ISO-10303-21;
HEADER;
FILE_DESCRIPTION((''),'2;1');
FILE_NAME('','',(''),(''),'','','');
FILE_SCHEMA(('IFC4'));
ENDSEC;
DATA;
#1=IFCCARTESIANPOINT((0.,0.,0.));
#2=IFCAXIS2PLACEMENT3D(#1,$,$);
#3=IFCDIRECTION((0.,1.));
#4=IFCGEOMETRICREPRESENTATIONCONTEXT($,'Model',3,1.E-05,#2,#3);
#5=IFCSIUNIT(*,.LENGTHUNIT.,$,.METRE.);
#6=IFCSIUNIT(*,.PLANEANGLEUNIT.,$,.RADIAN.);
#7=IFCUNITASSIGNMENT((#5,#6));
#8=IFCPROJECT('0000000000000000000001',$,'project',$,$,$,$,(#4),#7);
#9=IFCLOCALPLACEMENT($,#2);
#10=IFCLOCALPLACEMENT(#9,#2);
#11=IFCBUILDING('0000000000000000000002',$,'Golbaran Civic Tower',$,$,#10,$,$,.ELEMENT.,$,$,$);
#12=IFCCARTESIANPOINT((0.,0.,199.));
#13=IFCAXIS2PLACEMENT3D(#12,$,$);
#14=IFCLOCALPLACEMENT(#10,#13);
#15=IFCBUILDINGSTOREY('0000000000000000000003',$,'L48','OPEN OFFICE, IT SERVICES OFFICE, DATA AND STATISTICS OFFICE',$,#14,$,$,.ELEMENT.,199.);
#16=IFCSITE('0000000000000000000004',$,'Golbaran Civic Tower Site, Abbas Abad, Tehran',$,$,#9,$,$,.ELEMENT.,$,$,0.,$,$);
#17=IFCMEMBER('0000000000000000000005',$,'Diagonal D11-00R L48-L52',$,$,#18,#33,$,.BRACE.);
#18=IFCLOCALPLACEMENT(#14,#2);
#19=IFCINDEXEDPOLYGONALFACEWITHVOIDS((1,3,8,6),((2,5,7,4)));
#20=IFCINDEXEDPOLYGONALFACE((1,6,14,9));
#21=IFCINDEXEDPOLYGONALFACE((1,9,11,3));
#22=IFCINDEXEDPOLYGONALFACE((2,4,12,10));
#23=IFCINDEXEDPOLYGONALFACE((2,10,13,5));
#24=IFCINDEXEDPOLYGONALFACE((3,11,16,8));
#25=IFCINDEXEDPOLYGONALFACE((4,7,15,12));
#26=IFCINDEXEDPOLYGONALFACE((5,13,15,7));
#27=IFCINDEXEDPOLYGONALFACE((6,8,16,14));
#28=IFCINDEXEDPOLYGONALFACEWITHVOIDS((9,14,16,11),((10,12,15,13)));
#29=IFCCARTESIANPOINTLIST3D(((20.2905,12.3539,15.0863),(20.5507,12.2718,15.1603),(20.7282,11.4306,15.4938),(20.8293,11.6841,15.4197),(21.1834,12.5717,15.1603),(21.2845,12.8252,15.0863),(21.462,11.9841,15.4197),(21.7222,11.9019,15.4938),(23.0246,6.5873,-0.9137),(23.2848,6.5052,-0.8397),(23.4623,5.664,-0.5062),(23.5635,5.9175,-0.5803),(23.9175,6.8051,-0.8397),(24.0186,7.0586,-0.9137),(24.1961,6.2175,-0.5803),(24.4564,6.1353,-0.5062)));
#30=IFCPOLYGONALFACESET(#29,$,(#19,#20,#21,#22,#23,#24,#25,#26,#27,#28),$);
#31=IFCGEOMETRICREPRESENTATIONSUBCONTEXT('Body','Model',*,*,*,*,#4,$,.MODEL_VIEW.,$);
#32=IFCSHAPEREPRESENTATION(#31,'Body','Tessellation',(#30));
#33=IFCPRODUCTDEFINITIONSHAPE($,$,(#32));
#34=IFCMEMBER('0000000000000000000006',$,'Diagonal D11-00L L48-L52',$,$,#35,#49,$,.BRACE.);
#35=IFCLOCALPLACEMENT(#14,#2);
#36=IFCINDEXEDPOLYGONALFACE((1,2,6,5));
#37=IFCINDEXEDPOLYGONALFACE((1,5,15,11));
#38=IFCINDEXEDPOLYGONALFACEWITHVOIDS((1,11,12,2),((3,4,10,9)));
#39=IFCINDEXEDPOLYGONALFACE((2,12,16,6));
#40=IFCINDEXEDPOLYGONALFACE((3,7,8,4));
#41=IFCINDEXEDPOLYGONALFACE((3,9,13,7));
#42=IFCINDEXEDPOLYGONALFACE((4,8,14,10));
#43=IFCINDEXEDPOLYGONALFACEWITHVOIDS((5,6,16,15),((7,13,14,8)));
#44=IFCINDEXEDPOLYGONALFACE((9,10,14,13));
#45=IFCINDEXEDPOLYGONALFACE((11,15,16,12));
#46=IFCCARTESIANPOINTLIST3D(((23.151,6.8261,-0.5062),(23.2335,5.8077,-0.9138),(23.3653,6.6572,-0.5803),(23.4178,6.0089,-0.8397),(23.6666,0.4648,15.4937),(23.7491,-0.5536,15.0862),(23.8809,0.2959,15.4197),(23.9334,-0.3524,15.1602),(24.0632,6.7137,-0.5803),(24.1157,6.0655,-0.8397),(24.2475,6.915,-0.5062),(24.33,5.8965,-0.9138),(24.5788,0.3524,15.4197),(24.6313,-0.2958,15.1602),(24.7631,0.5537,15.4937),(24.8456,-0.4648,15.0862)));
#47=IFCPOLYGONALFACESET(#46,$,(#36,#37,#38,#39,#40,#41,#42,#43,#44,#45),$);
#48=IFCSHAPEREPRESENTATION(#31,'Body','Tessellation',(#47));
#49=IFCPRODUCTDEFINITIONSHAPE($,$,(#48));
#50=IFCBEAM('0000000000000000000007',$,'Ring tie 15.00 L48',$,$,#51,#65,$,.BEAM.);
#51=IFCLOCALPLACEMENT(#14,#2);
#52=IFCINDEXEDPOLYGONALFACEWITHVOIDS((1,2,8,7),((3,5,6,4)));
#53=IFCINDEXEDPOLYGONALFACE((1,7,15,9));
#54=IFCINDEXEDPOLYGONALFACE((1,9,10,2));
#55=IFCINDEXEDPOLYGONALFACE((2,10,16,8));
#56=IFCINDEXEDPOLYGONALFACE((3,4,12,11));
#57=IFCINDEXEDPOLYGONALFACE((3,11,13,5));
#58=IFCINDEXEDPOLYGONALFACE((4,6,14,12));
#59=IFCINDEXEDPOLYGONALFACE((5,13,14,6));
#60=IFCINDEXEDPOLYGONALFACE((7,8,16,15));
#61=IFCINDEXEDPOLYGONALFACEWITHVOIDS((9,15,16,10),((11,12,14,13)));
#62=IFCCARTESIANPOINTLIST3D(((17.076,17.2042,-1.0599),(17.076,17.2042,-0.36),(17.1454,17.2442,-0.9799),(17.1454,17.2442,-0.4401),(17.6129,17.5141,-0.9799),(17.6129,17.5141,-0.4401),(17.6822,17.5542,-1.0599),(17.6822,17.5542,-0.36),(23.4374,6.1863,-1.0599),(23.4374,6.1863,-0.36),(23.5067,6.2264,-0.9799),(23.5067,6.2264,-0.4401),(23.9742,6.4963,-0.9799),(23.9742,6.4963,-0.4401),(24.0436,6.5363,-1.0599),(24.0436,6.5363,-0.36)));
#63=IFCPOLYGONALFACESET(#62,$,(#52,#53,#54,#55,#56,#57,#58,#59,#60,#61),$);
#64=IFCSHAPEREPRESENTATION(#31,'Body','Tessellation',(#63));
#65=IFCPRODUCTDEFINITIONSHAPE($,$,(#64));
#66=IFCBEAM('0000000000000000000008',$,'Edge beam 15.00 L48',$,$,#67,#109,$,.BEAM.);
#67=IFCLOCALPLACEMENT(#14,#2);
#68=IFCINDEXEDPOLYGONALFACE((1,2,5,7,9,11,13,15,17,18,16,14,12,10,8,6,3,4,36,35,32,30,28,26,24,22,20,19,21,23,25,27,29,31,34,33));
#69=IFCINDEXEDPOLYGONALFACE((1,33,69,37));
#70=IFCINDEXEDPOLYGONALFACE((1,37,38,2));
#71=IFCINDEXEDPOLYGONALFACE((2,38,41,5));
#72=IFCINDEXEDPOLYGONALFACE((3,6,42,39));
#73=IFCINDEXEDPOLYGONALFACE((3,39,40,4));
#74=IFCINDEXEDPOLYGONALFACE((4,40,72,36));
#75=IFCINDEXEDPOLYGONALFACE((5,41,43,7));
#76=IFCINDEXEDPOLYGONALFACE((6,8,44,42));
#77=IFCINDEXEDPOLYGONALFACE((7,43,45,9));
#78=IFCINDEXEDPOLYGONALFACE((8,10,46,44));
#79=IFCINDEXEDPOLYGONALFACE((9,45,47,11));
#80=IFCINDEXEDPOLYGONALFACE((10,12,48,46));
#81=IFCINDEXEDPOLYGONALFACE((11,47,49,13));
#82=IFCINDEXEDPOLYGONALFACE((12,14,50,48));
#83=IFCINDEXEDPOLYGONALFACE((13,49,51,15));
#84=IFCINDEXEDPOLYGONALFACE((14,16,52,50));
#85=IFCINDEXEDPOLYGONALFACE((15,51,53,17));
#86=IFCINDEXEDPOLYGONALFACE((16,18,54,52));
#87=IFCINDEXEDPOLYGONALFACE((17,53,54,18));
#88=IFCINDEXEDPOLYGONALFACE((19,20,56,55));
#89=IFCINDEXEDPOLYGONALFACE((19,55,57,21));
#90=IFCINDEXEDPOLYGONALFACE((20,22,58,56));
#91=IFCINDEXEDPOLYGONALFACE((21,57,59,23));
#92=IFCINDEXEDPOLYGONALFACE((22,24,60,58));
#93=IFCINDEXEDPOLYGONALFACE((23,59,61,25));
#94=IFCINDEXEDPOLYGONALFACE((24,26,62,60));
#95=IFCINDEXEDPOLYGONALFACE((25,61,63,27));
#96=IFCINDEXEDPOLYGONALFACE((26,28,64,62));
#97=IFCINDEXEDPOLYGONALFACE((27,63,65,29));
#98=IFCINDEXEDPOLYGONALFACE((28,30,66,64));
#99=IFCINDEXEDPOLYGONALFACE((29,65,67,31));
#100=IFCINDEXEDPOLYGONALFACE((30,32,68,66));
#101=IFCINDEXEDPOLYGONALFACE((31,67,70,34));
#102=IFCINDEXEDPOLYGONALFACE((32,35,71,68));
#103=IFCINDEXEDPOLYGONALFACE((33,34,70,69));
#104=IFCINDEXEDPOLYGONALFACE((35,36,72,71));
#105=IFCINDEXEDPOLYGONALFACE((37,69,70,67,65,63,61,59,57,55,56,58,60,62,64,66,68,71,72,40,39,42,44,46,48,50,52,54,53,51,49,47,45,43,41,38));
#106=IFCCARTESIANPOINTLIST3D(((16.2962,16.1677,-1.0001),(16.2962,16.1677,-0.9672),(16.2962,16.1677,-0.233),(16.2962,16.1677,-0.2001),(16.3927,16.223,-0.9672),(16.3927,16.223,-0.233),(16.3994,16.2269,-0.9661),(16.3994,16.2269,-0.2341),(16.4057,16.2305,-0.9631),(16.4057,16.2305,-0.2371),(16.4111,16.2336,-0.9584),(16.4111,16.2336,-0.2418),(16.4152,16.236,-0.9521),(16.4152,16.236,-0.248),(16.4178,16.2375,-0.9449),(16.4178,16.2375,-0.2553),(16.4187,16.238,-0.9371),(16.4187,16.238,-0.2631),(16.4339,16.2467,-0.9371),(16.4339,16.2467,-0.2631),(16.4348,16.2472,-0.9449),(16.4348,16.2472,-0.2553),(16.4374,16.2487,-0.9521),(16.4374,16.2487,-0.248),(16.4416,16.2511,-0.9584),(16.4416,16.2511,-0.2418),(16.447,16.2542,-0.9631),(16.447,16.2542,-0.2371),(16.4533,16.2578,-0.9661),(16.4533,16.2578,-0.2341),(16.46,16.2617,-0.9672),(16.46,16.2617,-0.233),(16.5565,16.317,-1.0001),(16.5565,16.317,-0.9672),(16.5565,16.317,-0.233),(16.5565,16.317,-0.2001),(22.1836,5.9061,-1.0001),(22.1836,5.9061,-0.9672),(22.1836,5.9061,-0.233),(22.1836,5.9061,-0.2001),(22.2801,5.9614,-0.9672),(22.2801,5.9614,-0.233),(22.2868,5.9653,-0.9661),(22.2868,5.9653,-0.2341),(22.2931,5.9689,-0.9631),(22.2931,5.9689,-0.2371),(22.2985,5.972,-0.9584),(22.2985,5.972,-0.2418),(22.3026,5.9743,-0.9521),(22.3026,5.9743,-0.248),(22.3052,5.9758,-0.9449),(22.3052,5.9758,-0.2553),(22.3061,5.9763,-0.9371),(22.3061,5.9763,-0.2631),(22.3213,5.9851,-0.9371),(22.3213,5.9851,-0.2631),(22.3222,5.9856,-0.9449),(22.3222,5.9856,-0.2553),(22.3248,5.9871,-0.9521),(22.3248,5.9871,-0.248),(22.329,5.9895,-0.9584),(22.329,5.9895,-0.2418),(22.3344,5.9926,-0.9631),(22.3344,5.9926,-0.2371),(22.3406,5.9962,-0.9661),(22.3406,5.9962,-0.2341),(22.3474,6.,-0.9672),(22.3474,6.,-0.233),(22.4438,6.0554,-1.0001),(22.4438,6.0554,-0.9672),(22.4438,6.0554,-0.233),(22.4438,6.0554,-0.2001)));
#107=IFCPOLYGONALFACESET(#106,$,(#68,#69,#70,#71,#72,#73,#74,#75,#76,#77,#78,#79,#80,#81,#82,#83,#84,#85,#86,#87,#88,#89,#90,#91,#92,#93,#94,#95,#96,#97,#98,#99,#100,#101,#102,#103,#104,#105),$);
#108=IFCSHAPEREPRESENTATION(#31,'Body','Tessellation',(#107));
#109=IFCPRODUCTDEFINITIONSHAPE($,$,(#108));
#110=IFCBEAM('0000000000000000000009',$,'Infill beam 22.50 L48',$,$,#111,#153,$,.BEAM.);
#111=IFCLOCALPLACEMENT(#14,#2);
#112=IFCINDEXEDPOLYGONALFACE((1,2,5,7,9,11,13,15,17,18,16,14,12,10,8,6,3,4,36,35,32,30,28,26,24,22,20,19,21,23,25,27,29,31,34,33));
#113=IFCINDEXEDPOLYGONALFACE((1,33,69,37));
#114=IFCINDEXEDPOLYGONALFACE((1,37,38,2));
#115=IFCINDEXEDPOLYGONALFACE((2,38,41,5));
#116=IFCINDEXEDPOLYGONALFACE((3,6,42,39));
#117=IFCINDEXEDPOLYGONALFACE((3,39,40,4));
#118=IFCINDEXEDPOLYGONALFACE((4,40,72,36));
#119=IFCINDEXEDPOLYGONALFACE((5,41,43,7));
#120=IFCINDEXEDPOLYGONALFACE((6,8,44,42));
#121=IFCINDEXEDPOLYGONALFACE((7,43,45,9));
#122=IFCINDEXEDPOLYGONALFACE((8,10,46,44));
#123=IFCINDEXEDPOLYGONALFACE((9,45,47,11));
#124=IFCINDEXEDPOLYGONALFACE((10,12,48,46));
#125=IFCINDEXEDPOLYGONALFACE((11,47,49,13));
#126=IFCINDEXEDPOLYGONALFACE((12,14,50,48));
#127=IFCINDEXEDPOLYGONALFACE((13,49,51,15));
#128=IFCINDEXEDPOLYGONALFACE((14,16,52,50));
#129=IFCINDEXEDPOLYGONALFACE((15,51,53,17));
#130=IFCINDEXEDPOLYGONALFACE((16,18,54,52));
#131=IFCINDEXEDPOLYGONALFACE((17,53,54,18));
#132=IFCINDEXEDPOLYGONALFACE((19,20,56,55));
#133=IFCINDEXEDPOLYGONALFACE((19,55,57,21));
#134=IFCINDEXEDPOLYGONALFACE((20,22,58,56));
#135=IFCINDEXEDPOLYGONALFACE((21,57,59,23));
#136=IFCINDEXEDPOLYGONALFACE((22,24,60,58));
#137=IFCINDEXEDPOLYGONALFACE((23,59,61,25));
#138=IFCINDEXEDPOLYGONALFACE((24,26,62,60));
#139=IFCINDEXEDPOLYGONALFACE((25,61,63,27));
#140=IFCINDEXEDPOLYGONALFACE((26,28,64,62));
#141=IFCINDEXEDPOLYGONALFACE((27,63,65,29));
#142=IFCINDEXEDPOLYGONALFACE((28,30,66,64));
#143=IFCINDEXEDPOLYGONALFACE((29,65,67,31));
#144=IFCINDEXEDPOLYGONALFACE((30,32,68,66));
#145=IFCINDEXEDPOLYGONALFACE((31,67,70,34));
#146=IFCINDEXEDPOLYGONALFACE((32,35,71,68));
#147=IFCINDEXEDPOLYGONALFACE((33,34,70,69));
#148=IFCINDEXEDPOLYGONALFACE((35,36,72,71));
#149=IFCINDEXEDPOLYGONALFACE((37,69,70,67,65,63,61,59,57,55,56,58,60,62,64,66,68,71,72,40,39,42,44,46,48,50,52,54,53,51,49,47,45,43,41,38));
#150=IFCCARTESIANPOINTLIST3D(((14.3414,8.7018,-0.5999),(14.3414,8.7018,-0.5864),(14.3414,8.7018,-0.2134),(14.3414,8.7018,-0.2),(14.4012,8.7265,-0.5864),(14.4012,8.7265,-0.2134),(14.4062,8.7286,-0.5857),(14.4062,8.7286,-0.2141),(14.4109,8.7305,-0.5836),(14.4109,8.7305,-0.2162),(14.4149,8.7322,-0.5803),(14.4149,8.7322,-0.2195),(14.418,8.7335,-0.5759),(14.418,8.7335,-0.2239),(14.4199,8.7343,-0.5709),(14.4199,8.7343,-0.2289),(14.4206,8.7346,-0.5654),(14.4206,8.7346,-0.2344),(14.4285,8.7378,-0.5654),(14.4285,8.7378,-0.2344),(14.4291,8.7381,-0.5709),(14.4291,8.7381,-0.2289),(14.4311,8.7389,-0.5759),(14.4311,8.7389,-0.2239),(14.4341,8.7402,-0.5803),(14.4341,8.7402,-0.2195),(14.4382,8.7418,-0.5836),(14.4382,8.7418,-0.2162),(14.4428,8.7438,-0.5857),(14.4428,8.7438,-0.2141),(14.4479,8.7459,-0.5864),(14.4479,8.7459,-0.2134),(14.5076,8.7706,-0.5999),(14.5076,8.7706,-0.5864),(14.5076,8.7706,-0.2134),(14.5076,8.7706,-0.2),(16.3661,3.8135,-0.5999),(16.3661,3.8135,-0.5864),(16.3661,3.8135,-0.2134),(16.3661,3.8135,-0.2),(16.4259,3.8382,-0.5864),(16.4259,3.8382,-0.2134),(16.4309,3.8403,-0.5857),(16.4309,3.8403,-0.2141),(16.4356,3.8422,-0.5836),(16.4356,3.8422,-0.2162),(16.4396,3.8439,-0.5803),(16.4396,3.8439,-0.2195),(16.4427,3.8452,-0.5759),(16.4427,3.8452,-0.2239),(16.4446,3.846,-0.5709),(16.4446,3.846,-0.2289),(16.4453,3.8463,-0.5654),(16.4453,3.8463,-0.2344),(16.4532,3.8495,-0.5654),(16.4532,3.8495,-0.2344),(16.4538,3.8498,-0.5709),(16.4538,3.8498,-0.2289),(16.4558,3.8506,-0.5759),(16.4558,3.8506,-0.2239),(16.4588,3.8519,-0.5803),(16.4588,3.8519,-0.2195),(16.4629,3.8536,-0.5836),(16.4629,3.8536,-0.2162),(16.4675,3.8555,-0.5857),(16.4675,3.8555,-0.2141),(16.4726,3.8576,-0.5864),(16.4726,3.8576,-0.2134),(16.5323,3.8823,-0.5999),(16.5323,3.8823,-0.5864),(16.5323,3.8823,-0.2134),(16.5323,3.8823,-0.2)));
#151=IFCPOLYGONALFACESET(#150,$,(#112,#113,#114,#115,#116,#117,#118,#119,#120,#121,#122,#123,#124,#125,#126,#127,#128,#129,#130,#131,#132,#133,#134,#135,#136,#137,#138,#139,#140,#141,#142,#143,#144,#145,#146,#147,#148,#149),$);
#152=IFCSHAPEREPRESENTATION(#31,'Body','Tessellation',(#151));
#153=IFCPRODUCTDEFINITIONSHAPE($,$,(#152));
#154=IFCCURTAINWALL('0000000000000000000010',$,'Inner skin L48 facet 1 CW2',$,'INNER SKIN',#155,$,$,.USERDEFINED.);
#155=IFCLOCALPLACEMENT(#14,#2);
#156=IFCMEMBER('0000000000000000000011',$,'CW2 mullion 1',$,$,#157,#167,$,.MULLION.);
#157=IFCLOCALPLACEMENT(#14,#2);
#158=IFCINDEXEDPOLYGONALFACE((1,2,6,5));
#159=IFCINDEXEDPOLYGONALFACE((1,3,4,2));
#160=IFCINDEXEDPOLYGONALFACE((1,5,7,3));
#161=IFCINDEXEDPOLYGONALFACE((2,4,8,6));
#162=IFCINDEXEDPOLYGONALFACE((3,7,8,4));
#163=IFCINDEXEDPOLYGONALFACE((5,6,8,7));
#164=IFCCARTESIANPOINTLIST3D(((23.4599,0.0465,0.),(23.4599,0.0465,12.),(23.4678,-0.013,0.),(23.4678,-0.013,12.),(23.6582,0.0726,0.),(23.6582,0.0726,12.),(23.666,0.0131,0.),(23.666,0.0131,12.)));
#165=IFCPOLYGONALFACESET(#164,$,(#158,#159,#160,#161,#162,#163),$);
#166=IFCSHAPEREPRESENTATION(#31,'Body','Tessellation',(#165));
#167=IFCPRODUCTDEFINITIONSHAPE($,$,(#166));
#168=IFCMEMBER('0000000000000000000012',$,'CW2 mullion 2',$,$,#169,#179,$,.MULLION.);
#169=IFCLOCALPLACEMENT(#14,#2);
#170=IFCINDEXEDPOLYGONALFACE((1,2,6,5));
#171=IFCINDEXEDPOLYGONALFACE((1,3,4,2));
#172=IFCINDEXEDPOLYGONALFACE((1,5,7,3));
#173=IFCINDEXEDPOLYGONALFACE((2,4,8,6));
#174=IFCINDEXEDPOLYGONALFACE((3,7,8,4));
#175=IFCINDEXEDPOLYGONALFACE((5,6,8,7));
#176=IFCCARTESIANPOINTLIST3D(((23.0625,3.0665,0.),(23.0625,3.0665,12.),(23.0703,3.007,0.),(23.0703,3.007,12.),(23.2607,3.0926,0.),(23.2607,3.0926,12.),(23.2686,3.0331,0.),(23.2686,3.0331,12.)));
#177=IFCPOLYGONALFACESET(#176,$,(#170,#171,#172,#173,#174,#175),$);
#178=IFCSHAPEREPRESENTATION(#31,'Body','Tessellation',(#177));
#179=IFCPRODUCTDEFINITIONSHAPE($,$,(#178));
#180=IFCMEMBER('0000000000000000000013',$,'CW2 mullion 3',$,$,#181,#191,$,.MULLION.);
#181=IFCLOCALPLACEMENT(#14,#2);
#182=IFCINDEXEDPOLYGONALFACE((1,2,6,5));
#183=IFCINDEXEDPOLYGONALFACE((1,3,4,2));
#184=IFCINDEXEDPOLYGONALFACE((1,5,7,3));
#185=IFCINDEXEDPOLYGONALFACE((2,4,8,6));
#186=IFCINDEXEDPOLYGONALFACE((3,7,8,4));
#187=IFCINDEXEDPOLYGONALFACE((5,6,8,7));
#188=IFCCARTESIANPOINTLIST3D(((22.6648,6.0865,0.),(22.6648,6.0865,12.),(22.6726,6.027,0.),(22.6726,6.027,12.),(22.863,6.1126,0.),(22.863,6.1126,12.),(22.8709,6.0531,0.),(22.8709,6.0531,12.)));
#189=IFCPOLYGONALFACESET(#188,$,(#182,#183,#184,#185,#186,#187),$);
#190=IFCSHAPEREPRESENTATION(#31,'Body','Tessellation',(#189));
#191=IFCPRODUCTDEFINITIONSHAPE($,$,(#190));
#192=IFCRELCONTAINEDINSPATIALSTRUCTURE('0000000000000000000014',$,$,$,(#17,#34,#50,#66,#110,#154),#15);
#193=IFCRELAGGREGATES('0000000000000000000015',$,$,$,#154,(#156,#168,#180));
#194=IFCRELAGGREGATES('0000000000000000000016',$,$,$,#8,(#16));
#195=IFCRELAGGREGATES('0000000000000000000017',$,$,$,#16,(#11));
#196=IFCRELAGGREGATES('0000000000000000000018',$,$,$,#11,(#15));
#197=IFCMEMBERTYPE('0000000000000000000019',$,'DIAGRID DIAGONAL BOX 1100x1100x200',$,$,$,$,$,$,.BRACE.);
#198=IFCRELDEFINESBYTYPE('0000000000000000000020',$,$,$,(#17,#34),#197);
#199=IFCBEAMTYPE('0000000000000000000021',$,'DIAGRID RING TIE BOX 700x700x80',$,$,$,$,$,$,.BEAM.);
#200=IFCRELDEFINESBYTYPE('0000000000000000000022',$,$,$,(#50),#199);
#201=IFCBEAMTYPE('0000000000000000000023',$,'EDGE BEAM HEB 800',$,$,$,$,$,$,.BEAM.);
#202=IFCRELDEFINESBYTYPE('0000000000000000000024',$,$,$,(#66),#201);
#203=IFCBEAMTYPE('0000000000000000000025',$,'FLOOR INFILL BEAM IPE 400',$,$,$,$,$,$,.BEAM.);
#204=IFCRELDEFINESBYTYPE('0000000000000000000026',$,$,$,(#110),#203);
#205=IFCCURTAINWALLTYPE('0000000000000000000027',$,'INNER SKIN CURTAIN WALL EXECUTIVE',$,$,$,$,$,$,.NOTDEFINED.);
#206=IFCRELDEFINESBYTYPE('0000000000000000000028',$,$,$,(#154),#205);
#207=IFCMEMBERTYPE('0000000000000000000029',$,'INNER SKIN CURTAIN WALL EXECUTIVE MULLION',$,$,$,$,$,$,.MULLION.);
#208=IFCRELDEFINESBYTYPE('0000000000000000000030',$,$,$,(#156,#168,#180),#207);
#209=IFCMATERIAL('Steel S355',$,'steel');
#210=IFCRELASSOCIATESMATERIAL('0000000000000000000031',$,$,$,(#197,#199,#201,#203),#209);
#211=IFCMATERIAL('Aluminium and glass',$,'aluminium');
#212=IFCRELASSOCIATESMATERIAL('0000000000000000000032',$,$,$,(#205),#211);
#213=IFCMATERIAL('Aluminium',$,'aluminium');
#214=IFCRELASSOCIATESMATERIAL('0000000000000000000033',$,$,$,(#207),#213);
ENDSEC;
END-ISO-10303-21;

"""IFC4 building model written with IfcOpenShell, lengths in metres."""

from ifc_helpers import new_model, si_unit, direction, frame, origin, origin_2d, place, context, subcontext, project, spatial, rectangle, hollow_rectangle, i_section, extrude, material, material_profile, profile_set, type_object, element, aggregate, save


model = new_model("IFC4")

# Units and contexts
model_context = context("Model", 3, precision=1e-05, world=origin(), true_north=direction((0.0, 1.0)))
body_context = subcontext(model_context, "Body", "Model", "MODEL_VIEW")
ifc_project = project(units=[si_unit("LENGTHUNIT", "METRE"), si_unit("PLANEANGLEUNIT", "RADIAN")], contexts=[model_context])

# Site, building, storey
site_placement = place(None, origin())
site = spatial("IfcSite", under=ifc_project, at=site_placement, Name="Golbaran Civic Tower Site, Abbas Abad, Tehran", CompositionType="ELEMENT", RefElevation=0.0)
building_placement = place(site_placement, origin())
building = spatial("IfcBuilding", under=site, at=building_placement, Name="Golbaran Civic Tower", CompositionType="ELEMENT")
storey_placement = place(building_placement, frame((0.0, 0.0, 199.0)))
storey = spatial("IfcBuildingStorey", under=building, at=storey_placement, Name="L48", Description="OPEN OFFICE, IT SERVICES OFFICE, DATA AND STATISTICS OFFICE", CompositionType="ELEMENT", Elevation=199.0)

# Members
ifc_material_1 = material(Name="Steel S355", Category="steel")
ifc_material_profile_1 = material_profile(ifc_material_1, hollow_rectangle(XDim=1.1001, YDim=1.1001, WallThickness=0.2, at=origin_2d()), Name="BOX 1100x1100x200")
ifc_profile_set_1 = profile_set([ifc_material_profile_1], Name="Steel S355")
member_type_1 = type_object("IfcMemberType", Name="DIAGRID DIAGONAL BOX 1100x1100x200", PredefinedType="BRACE", material=ifc_profile_set_1)
for number, where, z_axis, x_axis, name in (
    (1, (23.7405, 6.3613, -0.71), (-0.158723, 0.334765, 0.928838), (-0.903581, -0.428417, 0.0), "Diagonal D11-00R L48-L52"),
    (2, (23.7405, 6.3613, -0.71), (0.029933, -0.369288, 0.928833), (0.996731, 0.080791, 0.0), "Diagonal D11-00L L48-L52"),
):
    element("IfcMember", number, at=place(storey_placement, frame(where, z_axis=z_axis, x_axis=x_axis)), inside=storey, type_object=member_type_1, Name=name, PredefinedType="BRACE", context=body_context, shape_type="SweptSolid", body=[
        extrude(hollow_rectangle(XDim=1.1001, YDim=1.1001, WallThickness=0.2, at=origin_2d()), origin(), (0.0, 0.0, 1.0), 17.2258),
    ])

# Beams
ifc_material_profile_2 = material_profile(ifc_material_1, hollow_rectangle(XDim=0.7, YDim=0.7, WallThickness=0.0801, at=origin_2d()), Name="BOX 700x700x80")
ifc_profile_set_2 = profile_set([ifc_material_profile_2], Name="Steel S355")
beam_type_1 = type_object("IfcBeamType", Name="DIAGRID RING TIE BOX 700x700x80", PredefinedType="BEAM", material=ifc_profile_set_2)
beam_1_placement = place(storey_placement, frame((23.7405, 6.3613, -0.71), z_axis=(-0.500011, 0.866019, 0.0), x_axis=(-0.866019, -0.500011, 0.0)))
element("IfcBeam", 3, at=beam_1_placement, inside=storey, type_object=beam_type_1, Name="Ring tie 15.00 L48", PredefinedType="BEAM", context=body_context, shape_type="SweptSolid", body=[
    extrude(hollow_rectangle(XDim=0.7, YDim=0.7, WallThickness=0.0801, at=origin_2d()), origin(), (0.0, 0.0, 1.0), 12.7224),
])
ifc_material_profile_3 = material_profile(ifc_material_1, i_section(OverallWidth=0.3, OverallDepth=0.8, WebThickness=0.0176, FlangeThickness=0.033, FilletRadius=0.03, at=origin_2d()), Name="HEB 800")
ifc_profile_set_3 = profile_set([ifc_material_profile_3], Name="Steel S355")
beam_type_2 = type_object("IfcBeamType", Name="EDGE BEAM HEB 800", PredefinedType="BEAM", material=ifc_profile_set_3)
beam_2_placement = place(storey_placement, frame((22.3137, 5.9807, -0.6001), z_axis=(-0.497643, 0.867382, 0.0), x_axis=(-0.867382, -0.497643, 0.0)))
element("IfcBeam", 4, at=beam_2_placement, inside=storey, type_object=beam_type_2, Name="Edge beam 15.00 L48", PredefinedType="BEAM", context=body_context, shape_type="SweptSolid", body=[
    extrude(i_section(OverallWidth=0.3, OverallDepth=0.8, WebThickness=0.0176, FlangeThickness=0.033, FilletRadius=0.03, at=origin_2d()), origin(), (0.0, 0.0, 1.0), 11.8306),
])
ifc_material_profile_4 = material_profile(ifc_material_1, i_section(OverallWidth=0.1799, OverallDepth=0.3999, WebThickness=0.0085, FlangeThickness=0.0134, FilletRadius=0.021, at=origin_2d()), Name="IPE 400")
ifc_profile_set_4 = profile_set([ifc_material_profile_4], Name="Steel S355")
beam_type_3 = type_object("IfcBeamType", Name="FLOOR INFILL BEAM IPE 400", PredefinedType="BEAM", material=ifc_profile_set_4)
beam_3_placement = place(storey_placement, frame((16.4492, 3.8479, -0.3999), z_axis=(-0.382668, 0.923886, 0.0), x_axis=(-0.923886, -0.382668, 0.0)))
element("IfcBeam", 5, at=beam_3_placement, inside=storey, type_object=beam_type_3, Name="Infill beam 22.50 L48", PredefinedType="BEAM", context=body_context, shape_type="SweptSolid", body=[
    extrude(i_section(OverallWidth=0.1799, OverallDepth=0.3999, WebThickness=0.0085, FlangeThickness=0.0134, FilletRadius=0.021, at=origin_2d()), origin(), (0.0, 0.0, 1.0), 5.291),
])

# Curtain wall, members
ifc_material_2 = material(Name="Aluminium and glass", Category="aluminium")
curtain_wall_type_1 = type_object("IfcCurtainWallType", Name="INNER SKIN CURTAIN WALL EXECUTIVE", PredefinedType="NOTDEFINED", material=ifc_material_2)
curtain_wall_1_placement = place(storey_placement, origin())
curtain_wall_1 = element("IfcCurtainWall", 6, at=curtain_wall_1_placement, inside=storey, type_object=curtain_wall_type_1, Name="Inner skin L48 facet 1 CW2", ObjectType="INNER SKIN", PredefinedType="USERDEFINED")
ifc_material_3 = material(Name="Aluminium", Category="aluminium")
ifc_material_profile_5 = material_profile(ifc_material_3, rectangle(XDim=0.2, YDim=0.0601, at=origin_2d()), Name="INNER SKIN CURTAIN WALL EXECUTIVE MULLION")
ifc_profile_set_5 = profile_set([ifc_material_profile_5], Name="Aluminium")
member_type_2 = type_object("IfcMemberType", Name="INNER SKIN CURTAIN WALL EXECUTIVE MULLION", PredefinedType="MULLION", material=ifc_profile_set_5)
member_1_placement = place(storey_placement, frame((23.563, 0.0298, 0.0), z_axis=(0.0, 0.0, 1.0), x_axis=(-0.991445, -0.130526, 0.0)))
member_1 = element("IfcMember", 7, at=member_1_placement, type_object=member_type_2, Name="CW2 mullion 1", PredefinedType="MULLION", context=body_context, shape_type="SweptSolid", body=[
    extrude(rectangle(XDim=0.2, YDim=0.0601, at=origin_2d()), origin(), (0.0, 0.0, 1.0), 12.0),
])
member_2_placement = place(storey_placement, frame((23.1655, 3.0498, 0.0), z_axis=(0.0, 0.0, 1.0), x_axis=(-0.991445, -0.130526, 0.0)))
member_2 = element("IfcMember", 8, at=member_2_placement, type_object=member_type_2, Name="CW2 mullion 2", PredefinedType="MULLION", context=body_context, shape_type="SweptSolid", body=[
    extrude(rectangle(XDim=0.2, YDim=0.0601, at=origin_2d()), origin(), (0.0, 0.0, 1.0), 12.0),
])
member_3_placement = place(storey_placement, frame((22.7678, 6.0698, 0.0), z_axis=(0.0, 0.0, 1.0), x_axis=(-0.991445, -0.130526, 0.0)))
member_3 = element("IfcMember", 9, at=member_3_placement, type_object=member_type_2, Name="CW2 mullion 3", PredefinedType="MULLION", context=body_context, shape_type="SweptSolid", body=[
    extrude(rectangle(XDim=0.2, YDim=0.0601, at=origin_2d()), origin(), (0.0, 0.0, 1.0), 12.0),
])

aggregate(curtain_wall_1, [member_1, member_2, member_3])

save(model, "model.ifc")
